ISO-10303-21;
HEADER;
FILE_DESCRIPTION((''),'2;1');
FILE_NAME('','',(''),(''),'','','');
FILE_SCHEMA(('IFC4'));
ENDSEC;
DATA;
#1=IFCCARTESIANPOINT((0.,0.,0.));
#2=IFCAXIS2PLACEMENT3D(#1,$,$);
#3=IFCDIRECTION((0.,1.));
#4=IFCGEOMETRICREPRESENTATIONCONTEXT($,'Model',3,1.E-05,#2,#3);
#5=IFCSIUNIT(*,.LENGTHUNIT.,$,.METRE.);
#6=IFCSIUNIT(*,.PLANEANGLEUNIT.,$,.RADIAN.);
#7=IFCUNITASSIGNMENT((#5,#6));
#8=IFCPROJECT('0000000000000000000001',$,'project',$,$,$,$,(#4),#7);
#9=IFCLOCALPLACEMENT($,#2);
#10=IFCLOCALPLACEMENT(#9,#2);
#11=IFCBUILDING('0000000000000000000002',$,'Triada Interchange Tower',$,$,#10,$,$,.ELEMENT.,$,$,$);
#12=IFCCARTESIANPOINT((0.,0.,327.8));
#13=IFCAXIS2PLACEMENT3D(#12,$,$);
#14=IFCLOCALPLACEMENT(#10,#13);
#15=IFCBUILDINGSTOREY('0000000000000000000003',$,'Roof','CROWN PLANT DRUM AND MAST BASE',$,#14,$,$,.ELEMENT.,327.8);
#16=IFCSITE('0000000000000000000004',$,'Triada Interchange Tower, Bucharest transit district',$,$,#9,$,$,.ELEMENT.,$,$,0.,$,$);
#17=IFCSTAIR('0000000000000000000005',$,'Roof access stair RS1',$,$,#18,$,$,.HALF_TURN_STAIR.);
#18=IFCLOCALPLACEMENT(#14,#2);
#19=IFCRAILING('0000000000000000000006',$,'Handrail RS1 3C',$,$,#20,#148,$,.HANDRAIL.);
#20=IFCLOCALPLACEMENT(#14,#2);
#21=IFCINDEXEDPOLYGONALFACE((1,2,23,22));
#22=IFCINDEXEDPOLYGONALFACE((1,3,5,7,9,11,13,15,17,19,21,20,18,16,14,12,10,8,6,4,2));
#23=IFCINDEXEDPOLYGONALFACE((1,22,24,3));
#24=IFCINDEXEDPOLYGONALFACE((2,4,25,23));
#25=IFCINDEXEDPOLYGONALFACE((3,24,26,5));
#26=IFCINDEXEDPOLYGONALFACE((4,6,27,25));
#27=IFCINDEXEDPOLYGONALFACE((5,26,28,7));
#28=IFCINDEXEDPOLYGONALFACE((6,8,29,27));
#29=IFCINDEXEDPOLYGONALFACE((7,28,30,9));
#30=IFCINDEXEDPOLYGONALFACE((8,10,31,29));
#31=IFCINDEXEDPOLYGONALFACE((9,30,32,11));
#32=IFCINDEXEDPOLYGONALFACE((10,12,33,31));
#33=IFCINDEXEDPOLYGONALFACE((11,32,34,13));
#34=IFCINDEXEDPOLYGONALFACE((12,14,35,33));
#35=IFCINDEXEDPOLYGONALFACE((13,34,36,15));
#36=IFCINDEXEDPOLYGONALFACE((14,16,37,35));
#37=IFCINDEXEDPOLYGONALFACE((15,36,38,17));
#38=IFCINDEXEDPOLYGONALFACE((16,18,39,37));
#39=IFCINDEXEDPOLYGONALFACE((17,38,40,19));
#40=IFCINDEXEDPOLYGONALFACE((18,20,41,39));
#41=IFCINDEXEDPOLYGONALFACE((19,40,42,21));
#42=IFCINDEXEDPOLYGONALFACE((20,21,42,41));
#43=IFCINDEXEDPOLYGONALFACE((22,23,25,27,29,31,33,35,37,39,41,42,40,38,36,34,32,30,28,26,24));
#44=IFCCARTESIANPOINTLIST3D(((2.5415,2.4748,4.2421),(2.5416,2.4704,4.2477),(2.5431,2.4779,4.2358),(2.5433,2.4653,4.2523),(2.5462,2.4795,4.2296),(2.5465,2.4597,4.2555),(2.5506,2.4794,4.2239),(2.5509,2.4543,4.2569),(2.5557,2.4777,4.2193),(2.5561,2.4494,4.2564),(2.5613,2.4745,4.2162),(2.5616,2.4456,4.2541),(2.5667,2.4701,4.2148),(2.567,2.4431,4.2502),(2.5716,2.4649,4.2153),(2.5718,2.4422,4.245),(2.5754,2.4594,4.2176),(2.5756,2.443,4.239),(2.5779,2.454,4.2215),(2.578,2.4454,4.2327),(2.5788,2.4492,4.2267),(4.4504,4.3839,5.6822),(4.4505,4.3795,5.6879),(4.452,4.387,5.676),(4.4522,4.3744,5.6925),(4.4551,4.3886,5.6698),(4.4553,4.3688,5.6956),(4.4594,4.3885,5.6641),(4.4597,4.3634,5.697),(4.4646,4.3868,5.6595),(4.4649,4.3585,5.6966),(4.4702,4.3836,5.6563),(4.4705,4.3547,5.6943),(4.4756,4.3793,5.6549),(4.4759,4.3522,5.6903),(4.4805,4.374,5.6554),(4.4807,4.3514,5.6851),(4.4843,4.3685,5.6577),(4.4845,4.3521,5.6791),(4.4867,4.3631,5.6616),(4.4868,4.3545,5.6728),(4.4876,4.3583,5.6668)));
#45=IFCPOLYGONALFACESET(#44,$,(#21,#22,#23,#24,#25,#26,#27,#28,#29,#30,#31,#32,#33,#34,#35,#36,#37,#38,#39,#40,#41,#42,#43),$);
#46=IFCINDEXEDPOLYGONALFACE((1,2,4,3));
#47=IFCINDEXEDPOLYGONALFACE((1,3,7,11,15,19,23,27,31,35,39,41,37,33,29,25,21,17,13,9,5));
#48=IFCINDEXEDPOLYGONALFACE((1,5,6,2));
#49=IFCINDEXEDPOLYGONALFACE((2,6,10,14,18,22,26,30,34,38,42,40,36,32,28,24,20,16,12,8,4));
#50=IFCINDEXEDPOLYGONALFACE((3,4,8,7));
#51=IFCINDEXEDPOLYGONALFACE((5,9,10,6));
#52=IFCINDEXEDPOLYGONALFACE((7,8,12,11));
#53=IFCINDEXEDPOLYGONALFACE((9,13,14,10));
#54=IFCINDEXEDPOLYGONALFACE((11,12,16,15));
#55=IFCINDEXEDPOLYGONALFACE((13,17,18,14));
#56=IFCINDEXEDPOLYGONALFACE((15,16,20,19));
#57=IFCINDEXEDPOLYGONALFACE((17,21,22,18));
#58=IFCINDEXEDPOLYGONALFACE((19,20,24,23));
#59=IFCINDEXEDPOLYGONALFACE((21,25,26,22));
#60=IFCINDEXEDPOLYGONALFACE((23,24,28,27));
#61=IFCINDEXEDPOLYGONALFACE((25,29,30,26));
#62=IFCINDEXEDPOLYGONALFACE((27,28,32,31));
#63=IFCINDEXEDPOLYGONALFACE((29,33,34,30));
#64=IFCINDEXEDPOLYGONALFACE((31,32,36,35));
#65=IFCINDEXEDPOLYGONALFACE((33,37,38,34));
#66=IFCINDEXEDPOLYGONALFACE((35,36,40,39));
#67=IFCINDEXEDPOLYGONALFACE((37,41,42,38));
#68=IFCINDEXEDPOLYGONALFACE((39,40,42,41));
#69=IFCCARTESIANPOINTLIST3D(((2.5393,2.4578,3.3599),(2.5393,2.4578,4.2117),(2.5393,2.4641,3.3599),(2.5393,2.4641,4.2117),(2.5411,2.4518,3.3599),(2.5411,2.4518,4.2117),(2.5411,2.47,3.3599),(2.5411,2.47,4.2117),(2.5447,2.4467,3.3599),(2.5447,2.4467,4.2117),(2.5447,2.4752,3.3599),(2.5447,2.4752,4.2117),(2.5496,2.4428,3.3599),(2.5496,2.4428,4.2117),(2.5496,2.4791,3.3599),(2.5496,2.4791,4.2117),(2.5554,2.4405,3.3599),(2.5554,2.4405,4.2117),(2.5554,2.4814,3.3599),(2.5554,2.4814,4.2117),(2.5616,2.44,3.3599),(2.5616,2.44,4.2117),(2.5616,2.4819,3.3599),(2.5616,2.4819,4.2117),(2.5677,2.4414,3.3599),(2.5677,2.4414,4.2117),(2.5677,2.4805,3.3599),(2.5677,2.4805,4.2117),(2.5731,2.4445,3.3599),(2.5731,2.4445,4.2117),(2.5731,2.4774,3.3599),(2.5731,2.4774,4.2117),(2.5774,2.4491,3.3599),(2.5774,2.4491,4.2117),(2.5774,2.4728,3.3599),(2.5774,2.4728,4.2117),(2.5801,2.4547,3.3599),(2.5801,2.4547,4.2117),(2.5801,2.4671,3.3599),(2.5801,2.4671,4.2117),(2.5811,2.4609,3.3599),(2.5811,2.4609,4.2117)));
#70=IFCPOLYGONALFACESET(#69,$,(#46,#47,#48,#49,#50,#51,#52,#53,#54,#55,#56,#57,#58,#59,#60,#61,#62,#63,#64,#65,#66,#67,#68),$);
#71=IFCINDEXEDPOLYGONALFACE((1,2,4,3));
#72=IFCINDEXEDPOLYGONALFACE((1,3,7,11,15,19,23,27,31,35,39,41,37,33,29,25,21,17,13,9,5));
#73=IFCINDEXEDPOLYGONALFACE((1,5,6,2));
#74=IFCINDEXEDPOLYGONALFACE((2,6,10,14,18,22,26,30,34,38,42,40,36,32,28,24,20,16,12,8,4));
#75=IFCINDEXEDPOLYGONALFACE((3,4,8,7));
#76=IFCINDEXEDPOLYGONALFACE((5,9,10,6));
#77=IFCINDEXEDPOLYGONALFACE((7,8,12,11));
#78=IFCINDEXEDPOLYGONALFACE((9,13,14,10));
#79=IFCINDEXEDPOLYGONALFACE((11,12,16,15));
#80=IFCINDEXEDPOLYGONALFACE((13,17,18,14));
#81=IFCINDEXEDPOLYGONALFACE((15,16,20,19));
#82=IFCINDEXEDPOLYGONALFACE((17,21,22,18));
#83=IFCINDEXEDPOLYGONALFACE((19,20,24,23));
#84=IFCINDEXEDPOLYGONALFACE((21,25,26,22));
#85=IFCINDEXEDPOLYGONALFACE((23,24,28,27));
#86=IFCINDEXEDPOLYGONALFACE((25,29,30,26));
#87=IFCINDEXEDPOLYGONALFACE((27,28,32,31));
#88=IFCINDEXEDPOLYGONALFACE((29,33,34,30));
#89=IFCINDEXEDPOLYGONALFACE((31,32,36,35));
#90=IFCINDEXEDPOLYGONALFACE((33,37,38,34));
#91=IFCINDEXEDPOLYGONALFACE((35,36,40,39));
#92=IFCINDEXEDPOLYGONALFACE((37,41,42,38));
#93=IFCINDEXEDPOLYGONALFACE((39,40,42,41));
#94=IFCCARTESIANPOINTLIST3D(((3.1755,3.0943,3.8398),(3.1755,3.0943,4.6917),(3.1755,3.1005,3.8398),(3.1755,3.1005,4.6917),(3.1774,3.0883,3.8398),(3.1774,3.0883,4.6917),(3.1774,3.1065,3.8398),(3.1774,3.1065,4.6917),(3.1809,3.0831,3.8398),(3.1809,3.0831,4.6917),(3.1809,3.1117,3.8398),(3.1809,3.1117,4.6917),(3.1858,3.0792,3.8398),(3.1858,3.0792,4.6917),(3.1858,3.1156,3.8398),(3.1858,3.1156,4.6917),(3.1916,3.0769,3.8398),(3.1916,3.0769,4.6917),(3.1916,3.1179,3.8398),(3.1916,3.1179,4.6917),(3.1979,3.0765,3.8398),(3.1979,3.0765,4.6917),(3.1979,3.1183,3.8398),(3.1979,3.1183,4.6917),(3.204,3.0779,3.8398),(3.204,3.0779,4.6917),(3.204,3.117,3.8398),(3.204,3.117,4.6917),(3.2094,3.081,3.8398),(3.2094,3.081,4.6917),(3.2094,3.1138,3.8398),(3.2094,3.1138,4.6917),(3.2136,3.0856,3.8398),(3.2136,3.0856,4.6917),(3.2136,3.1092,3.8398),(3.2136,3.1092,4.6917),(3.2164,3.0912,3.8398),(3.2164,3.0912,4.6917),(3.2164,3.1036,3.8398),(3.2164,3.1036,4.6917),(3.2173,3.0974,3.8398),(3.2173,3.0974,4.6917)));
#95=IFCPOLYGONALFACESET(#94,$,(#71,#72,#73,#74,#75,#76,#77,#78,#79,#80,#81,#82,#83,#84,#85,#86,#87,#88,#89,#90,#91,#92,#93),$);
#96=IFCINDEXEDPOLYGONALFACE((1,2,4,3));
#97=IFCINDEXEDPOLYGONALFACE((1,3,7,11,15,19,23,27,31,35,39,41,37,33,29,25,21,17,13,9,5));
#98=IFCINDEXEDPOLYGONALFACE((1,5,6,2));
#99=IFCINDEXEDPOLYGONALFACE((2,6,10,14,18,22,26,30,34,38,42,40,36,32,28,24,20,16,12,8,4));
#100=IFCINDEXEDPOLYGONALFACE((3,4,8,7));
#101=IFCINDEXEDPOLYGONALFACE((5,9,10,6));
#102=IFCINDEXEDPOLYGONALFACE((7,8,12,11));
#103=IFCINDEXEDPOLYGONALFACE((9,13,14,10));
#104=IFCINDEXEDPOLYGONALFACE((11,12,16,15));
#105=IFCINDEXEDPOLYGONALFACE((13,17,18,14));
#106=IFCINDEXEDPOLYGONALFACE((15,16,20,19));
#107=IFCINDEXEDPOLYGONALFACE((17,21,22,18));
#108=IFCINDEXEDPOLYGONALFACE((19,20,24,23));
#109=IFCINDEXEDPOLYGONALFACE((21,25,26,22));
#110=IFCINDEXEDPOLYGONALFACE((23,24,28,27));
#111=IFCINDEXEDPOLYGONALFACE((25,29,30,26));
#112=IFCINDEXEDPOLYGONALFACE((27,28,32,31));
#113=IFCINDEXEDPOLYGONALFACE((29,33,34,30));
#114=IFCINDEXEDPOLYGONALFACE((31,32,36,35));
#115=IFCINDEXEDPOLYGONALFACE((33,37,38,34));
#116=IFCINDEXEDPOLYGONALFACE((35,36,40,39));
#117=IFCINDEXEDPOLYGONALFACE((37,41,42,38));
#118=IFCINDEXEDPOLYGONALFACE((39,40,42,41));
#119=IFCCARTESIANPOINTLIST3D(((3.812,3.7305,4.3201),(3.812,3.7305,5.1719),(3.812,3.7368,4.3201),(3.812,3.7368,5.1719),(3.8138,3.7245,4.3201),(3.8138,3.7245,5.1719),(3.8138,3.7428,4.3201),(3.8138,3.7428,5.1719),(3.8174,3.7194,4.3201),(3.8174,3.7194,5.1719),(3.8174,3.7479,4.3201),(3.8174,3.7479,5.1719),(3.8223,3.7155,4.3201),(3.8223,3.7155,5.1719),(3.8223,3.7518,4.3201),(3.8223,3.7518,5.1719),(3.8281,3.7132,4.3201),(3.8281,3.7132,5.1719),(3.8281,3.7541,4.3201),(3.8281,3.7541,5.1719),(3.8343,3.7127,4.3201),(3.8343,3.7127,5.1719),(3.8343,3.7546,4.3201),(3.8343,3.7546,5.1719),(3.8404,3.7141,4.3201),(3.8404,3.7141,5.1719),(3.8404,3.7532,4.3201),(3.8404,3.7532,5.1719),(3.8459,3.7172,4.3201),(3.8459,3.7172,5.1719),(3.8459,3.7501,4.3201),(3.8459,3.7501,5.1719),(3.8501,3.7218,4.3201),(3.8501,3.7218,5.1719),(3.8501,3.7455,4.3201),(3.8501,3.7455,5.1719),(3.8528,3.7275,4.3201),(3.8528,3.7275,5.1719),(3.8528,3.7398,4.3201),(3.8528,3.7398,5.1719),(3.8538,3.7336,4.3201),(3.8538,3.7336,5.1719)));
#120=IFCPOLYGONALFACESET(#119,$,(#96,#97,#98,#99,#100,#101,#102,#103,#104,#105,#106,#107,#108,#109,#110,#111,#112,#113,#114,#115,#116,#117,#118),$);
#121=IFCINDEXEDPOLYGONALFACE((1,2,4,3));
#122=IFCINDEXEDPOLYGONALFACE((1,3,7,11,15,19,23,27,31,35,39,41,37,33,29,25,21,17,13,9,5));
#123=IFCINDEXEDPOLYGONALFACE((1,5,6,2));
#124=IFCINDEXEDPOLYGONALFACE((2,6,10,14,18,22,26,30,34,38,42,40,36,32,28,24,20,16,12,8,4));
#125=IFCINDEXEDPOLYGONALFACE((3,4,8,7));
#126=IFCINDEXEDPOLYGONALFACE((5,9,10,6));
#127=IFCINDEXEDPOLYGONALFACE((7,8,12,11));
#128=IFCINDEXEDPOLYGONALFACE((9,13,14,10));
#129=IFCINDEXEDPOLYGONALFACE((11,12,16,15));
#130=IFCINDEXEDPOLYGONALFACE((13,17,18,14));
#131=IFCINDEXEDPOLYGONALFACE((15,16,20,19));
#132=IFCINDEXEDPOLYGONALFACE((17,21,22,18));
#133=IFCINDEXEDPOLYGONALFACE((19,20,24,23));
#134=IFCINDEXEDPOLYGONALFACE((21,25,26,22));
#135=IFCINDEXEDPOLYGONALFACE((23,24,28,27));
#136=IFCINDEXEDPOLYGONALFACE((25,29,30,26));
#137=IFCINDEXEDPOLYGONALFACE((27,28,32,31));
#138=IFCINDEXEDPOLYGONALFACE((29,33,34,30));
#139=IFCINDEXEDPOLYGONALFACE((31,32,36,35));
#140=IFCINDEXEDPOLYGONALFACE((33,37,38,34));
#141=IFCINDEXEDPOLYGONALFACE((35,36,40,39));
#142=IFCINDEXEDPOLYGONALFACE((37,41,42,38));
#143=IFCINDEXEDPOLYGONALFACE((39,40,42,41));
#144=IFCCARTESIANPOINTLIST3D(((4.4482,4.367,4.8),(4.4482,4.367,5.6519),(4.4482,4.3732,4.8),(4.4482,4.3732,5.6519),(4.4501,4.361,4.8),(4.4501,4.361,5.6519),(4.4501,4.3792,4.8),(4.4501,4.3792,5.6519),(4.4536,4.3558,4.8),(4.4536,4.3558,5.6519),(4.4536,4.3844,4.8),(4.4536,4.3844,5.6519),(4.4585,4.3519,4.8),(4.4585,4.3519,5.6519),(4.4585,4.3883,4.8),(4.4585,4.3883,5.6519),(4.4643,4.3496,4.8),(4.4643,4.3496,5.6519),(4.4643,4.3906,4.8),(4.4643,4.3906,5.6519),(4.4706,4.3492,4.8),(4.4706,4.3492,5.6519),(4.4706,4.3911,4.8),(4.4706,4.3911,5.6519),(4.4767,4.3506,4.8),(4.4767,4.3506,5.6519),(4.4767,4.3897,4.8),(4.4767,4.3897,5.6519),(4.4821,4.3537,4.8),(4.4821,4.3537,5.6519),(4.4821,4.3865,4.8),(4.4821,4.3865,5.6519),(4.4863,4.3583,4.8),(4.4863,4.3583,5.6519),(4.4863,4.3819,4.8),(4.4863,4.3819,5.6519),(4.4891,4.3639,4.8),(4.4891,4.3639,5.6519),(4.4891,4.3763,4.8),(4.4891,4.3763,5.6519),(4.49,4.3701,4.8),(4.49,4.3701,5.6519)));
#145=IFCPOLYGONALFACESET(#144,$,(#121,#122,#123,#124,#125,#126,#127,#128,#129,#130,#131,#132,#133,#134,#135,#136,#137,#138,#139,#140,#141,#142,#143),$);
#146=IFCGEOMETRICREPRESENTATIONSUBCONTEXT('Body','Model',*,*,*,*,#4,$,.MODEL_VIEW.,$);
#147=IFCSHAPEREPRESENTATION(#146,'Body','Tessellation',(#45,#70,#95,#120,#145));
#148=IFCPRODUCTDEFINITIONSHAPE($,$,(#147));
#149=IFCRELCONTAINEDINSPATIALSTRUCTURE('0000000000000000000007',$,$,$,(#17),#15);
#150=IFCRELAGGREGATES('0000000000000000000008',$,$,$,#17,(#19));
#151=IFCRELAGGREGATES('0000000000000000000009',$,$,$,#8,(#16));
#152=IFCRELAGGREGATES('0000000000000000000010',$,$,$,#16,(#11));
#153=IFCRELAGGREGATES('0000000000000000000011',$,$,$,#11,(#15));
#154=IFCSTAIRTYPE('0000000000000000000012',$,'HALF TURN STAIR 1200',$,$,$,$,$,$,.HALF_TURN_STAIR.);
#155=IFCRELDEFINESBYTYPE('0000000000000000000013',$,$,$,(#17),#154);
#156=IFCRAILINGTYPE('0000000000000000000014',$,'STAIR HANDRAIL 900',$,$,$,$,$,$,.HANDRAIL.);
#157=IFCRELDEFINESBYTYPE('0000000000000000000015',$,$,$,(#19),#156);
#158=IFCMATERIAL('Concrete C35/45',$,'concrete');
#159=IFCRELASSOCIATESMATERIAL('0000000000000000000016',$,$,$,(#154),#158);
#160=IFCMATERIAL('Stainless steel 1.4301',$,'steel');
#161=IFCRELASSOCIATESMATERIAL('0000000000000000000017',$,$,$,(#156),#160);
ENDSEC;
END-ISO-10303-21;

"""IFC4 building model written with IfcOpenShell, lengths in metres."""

from ifc_helpers import new_model, si_unit, direction, frame, origin, origin_2d, place, context, subcontext, project, spatial, circle, extrude, material, type_object, element, aggregate, save


model = new_model("IFC4")

# Units and contexts
model_context = context("Model", 3, precision=1e-05, world=origin(), true_north=direction((0.0, 1.0)))
body_context = subcontext(model_context, "Body", "Model", "MODEL_VIEW")
ifc_project = project(units=[si_unit("LENGTHUNIT", "METRE"), si_unit("PLANEANGLEUNIT", "RADIAN")], contexts=[model_context])

# Site, building, storey
site_placement = place(None, origin())
site = spatial("IfcSite", under=ifc_project, at=site_placement, Name="Triada Interchange Tower, Bucharest transit district", CompositionType="ELEMENT", RefElevation=0.0)
building_placement = place(site_placement, origin())
building = spatial("IfcBuilding", under=site, at=building_placement, Name="Triada Interchange Tower", CompositionType="ELEMENT")
storey_placement = place(building_placement, frame((0.0, 0.0, 327.8)))
storey = spatial("IfcBuildingStorey", under=building, at=storey_placement, Name="Roof", Description="CROWN PLANT DRUM AND MAST BASE", CompositionType="ELEMENT", Elevation=327.8)

# Stair
ifc_material_1 = material(Name="Concrete C35/45", Category="concrete")
stair_type = type_object("IfcStairType", Name="HALF TURN STAIR 1200", PredefinedType="HALF_TURN_STAIR", material=ifc_material_1)
stair_placement = place(storey_placement, origin())
stair = element("IfcStair", 1, at=stair_placement, inside=storey, type_object=stair_type, Name="Roof access stair RS1", PredefinedType="HALF_TURN_STAIR")

# Railing
ifc_material_2 = material(Name="Stainless steel 1.4301", Category="steel")
railing_type = type_object("IfcRailingType", Name="STAIR HANDRAIL 900", PredefinedType="HANDRAIL", material=ifc_material_2)
railing_1_placement = place(storey_placement, frame((2.5601, 2.4609, 3.3599)))
railing_1 = element("IfcRailing", 2, at=railing_1_placement, type_object=railing_type, Name="Handrail RS1 3C", PredefinedType="HANDRAIL", context=body_context, shape_type="SweptSolid", body=[
    extrude(circle(Radius=0.0239, at=origin_2d()), frame((0.0, 0.0, 0.876), z_axis=(0.623851, 0.62393, 0.470661), x_axis=(-0.707152, 0.707062, 0.0)), (0.0, 0.0, 1.0), 3.0598),
    extrude(circle(Radius=0.021, at=origin_2d()), origin(), (0.0, 0.0, 1.0), 0.8518),
    extrude(circle(Radius=0.021, at=origin_2d()), frame((0.6362, 0.6365, 0.48)), (0.0, 0.0, 1.0), 0.8518),
    extrude(circle(Radius=0.021, at=origin_2d()), frame((1.2727, 1.2727, 0.9602)), (0.0, 0.0, 1.0), 0.8518),
    extrude(circle(Radius=0.021, at=origin_2d()), frame((1.9089, 1.9092, 1.4402)), (0.0, 0.0, 1.0), 0.8518),
])
aggregate(stair, [railing_1])

save(model, "model.ifc")
